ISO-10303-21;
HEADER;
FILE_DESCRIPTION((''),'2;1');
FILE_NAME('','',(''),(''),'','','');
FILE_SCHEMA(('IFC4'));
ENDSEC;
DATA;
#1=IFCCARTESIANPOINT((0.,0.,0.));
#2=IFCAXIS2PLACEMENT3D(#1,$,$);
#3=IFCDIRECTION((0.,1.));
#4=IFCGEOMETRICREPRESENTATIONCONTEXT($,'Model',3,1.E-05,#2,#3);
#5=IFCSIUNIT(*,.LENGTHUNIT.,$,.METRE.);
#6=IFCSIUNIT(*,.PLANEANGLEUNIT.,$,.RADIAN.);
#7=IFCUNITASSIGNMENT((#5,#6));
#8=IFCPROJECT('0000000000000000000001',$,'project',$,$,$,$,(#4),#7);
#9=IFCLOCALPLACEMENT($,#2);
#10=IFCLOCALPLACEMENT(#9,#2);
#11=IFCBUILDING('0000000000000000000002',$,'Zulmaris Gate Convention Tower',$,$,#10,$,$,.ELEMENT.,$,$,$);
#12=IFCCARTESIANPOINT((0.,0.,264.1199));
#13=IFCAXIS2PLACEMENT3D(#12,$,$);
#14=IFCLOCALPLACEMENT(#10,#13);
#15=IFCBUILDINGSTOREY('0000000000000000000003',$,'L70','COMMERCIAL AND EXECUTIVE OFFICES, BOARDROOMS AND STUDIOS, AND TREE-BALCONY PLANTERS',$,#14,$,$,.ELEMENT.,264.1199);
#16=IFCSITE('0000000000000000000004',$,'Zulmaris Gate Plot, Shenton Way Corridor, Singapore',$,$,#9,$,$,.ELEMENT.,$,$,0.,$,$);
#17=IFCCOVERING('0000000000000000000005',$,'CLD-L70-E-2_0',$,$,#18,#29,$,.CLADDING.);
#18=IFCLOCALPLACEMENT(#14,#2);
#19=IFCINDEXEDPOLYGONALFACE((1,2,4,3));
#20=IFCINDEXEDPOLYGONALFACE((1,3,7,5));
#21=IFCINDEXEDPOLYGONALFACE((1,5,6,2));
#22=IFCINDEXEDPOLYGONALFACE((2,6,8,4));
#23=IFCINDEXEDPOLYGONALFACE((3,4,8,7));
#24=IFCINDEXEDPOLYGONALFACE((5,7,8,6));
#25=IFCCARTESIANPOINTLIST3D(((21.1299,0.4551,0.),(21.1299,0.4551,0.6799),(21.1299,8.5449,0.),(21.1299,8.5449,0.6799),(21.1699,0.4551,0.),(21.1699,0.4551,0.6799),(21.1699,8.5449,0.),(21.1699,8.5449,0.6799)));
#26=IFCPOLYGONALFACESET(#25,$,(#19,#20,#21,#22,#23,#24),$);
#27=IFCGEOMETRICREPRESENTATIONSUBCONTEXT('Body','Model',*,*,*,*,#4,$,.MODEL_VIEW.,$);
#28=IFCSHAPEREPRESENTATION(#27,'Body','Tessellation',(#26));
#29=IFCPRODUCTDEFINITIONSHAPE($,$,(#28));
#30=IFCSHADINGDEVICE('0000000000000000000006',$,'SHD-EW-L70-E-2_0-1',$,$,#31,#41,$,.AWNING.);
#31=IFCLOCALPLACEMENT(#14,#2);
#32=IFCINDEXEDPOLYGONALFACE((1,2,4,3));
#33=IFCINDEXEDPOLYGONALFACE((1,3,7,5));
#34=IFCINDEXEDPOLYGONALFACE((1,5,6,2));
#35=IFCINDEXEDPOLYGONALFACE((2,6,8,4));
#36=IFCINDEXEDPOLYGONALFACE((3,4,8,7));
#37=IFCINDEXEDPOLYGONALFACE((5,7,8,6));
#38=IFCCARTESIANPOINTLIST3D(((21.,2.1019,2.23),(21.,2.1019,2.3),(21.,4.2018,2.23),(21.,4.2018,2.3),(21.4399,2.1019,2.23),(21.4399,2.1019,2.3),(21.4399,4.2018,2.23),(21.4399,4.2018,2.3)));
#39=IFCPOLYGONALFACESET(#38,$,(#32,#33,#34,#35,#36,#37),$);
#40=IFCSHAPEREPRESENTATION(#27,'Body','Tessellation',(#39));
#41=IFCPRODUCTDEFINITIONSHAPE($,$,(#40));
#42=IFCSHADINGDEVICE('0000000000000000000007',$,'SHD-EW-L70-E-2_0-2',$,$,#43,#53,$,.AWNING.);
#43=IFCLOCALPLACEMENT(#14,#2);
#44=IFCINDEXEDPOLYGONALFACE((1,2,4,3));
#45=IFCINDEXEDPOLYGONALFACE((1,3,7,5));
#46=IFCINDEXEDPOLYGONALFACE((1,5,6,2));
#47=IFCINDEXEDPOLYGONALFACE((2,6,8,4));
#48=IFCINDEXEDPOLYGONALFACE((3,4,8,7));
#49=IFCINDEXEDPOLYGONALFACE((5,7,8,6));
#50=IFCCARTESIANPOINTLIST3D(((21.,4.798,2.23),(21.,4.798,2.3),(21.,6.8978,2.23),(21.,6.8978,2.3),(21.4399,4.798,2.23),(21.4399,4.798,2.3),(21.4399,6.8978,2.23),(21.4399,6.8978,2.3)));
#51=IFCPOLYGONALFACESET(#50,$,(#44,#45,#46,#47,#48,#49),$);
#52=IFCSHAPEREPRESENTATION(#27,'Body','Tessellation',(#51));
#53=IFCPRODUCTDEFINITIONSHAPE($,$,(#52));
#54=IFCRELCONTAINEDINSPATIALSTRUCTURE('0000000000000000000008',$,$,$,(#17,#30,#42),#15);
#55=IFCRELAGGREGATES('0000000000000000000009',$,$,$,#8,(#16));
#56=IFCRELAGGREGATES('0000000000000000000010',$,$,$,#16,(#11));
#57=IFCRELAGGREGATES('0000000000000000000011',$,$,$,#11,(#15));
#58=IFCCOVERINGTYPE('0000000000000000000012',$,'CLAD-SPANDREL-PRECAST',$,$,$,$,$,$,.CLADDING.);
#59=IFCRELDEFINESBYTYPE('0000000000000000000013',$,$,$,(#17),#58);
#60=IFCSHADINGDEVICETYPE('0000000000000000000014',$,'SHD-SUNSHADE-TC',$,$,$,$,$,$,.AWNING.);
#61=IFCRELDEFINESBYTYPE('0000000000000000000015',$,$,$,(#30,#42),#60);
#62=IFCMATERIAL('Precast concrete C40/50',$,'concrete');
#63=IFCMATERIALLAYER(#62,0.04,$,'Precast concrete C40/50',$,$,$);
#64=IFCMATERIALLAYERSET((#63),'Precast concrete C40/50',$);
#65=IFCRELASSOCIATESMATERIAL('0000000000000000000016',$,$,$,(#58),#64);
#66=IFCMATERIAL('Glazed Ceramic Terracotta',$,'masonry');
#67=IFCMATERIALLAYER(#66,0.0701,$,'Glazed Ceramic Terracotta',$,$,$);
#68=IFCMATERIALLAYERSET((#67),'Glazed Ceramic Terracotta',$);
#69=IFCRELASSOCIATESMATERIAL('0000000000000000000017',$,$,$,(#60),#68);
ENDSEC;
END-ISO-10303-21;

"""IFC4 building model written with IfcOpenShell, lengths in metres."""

from ifc_helpers import new_model, si_unit, direction, frame, frame_2d, origin, place, context, subcontext, project, spatial, rectangle, extrude, material, layer, layer_set, type_object, element, save


model = new_model("IFC4")

# Units and contexts
model_context = context("Model", 3, precision=1e-05, world=origin(), true_north=direction((0.0, 1.0)))
body_context = subcontext(model_context, "Body", "Model", "MODEL_VIEW")
ifc_project = project(units=[si_unit("LENGTHUNIT", "METRE"), si_unit("PLANEANGLEUNIT", "RADIAN")], contexts=[model_context])

# Site, building, storey
site_placement = place(None, origin())
site = spatial("IfcSite", under=ifc_project, at=site_placement, Name="Zulmaris Gate Plot, Shenton Way Corridor, Singapore", CompositionType="ELEMENT", RefElevation=0.0)
building_placement = place(site_placement, origin())
building = spatial("IfcBuilding", under=site, at=building_placement, Name="Zulmaris Gate Convention Tower", CompositionType="ELEMENT")
storey_placement = place(building_placement, frame((0.0, 0.0, 264.1199)))
storey = spatial("IfcBuildingStorey", under=building, at=storey_placement, Name="L70", Description="COMMERCIAL AND EXECUTIVE OFFICES, BOARDROOMS AND STUDIOS, AND TREE-BALCONY PLANTERS", CompositionType="ELEMENT", Elevation=264.1199)

# Shared definitions
ifc_material_1 = material(Name="Precast concrete C40/50", Category="concrete")

# Covering
ifc_layer_1 = layer(ifc_material_1, 0.04, Name="Precast concrete C40/50")
ifc_layer_set_1 = layer_set([ifc_layer_1], Name="Precast concrete C40/50")
covering_type = type_object("IfcCoveringType", Name="CLAD-SPANDREL-PRECAST", PredefinedType="CLADDING", material=ifc_layer_set_1)
covering_placement = place(storey_placement, frame((21.1499, 0.4551, 0.0), z_axis=(0.0, 0.0, 1.0), x_axis=(0.0, 1.0, 0.0)))
element("IfcCovering", 1, at=covering_placement, inside=storey, type_object=covering_type, Name="CLD-L70-E-2_0", PredefinedType="CLADDING", context=body_context, shape_type="SweptSolid", body=[
    extrude(rectangle(XDim=8.0898, YDim=0.04, at=frame_2d((4.0449, 0.0))), origin(), (0.0, 0.0, 1.0), 0.6799),
])

# Shading devices
ifc_material_2 = material(Name="Glazed Ceramic Terracotta", Category="masonry")
ifc_layer_2 = layer(ifc_material_2, 0.0701, Name="Glazed Ceramic Terracotta")
ifc_layer_set_2 = layer_set([ifc_layer_2], Name="Glazed Ceramic Terracotta")
shading_device_type = type_object("IfcShadingDeviceType", Name="SHD-SUNSHADE-TC", PredefinedType="AWNING", material=ifc_layer_set_2)
for number, where, z_axis, x_axis, name in (
    (2, (21.22, 2.1021, 2.23), (0.0, 0.0, 1.0), (0.0, 1.0, 0.0), "SHD-EW-L70-E-2_0-1"),
    (3, (21.22, 4.7981, 2.23), (0.0, 0.0, 1.0), (0.0, 1.0, 0.0), "SHD-EW-L70-E-2_0-2"),
):
    element("IfcShadingDevice", number, at=place(storey_placement, frame(where, z_axis=z_axis, x_axis=x_axis)), inside=storey, type_object=shading_device_type, Name=name, PredefinedType="AWNING", context=body_context, shape_type="SweptSolid", body=[
        extrude(rectangle(XDim=2.0999, YDim=0.4399, at=frame_2d((1.0498, 0.0))), origin(), (0.0, 0.0, 1.0), 0.0701),
    ])

save(model, "model.ifc")
